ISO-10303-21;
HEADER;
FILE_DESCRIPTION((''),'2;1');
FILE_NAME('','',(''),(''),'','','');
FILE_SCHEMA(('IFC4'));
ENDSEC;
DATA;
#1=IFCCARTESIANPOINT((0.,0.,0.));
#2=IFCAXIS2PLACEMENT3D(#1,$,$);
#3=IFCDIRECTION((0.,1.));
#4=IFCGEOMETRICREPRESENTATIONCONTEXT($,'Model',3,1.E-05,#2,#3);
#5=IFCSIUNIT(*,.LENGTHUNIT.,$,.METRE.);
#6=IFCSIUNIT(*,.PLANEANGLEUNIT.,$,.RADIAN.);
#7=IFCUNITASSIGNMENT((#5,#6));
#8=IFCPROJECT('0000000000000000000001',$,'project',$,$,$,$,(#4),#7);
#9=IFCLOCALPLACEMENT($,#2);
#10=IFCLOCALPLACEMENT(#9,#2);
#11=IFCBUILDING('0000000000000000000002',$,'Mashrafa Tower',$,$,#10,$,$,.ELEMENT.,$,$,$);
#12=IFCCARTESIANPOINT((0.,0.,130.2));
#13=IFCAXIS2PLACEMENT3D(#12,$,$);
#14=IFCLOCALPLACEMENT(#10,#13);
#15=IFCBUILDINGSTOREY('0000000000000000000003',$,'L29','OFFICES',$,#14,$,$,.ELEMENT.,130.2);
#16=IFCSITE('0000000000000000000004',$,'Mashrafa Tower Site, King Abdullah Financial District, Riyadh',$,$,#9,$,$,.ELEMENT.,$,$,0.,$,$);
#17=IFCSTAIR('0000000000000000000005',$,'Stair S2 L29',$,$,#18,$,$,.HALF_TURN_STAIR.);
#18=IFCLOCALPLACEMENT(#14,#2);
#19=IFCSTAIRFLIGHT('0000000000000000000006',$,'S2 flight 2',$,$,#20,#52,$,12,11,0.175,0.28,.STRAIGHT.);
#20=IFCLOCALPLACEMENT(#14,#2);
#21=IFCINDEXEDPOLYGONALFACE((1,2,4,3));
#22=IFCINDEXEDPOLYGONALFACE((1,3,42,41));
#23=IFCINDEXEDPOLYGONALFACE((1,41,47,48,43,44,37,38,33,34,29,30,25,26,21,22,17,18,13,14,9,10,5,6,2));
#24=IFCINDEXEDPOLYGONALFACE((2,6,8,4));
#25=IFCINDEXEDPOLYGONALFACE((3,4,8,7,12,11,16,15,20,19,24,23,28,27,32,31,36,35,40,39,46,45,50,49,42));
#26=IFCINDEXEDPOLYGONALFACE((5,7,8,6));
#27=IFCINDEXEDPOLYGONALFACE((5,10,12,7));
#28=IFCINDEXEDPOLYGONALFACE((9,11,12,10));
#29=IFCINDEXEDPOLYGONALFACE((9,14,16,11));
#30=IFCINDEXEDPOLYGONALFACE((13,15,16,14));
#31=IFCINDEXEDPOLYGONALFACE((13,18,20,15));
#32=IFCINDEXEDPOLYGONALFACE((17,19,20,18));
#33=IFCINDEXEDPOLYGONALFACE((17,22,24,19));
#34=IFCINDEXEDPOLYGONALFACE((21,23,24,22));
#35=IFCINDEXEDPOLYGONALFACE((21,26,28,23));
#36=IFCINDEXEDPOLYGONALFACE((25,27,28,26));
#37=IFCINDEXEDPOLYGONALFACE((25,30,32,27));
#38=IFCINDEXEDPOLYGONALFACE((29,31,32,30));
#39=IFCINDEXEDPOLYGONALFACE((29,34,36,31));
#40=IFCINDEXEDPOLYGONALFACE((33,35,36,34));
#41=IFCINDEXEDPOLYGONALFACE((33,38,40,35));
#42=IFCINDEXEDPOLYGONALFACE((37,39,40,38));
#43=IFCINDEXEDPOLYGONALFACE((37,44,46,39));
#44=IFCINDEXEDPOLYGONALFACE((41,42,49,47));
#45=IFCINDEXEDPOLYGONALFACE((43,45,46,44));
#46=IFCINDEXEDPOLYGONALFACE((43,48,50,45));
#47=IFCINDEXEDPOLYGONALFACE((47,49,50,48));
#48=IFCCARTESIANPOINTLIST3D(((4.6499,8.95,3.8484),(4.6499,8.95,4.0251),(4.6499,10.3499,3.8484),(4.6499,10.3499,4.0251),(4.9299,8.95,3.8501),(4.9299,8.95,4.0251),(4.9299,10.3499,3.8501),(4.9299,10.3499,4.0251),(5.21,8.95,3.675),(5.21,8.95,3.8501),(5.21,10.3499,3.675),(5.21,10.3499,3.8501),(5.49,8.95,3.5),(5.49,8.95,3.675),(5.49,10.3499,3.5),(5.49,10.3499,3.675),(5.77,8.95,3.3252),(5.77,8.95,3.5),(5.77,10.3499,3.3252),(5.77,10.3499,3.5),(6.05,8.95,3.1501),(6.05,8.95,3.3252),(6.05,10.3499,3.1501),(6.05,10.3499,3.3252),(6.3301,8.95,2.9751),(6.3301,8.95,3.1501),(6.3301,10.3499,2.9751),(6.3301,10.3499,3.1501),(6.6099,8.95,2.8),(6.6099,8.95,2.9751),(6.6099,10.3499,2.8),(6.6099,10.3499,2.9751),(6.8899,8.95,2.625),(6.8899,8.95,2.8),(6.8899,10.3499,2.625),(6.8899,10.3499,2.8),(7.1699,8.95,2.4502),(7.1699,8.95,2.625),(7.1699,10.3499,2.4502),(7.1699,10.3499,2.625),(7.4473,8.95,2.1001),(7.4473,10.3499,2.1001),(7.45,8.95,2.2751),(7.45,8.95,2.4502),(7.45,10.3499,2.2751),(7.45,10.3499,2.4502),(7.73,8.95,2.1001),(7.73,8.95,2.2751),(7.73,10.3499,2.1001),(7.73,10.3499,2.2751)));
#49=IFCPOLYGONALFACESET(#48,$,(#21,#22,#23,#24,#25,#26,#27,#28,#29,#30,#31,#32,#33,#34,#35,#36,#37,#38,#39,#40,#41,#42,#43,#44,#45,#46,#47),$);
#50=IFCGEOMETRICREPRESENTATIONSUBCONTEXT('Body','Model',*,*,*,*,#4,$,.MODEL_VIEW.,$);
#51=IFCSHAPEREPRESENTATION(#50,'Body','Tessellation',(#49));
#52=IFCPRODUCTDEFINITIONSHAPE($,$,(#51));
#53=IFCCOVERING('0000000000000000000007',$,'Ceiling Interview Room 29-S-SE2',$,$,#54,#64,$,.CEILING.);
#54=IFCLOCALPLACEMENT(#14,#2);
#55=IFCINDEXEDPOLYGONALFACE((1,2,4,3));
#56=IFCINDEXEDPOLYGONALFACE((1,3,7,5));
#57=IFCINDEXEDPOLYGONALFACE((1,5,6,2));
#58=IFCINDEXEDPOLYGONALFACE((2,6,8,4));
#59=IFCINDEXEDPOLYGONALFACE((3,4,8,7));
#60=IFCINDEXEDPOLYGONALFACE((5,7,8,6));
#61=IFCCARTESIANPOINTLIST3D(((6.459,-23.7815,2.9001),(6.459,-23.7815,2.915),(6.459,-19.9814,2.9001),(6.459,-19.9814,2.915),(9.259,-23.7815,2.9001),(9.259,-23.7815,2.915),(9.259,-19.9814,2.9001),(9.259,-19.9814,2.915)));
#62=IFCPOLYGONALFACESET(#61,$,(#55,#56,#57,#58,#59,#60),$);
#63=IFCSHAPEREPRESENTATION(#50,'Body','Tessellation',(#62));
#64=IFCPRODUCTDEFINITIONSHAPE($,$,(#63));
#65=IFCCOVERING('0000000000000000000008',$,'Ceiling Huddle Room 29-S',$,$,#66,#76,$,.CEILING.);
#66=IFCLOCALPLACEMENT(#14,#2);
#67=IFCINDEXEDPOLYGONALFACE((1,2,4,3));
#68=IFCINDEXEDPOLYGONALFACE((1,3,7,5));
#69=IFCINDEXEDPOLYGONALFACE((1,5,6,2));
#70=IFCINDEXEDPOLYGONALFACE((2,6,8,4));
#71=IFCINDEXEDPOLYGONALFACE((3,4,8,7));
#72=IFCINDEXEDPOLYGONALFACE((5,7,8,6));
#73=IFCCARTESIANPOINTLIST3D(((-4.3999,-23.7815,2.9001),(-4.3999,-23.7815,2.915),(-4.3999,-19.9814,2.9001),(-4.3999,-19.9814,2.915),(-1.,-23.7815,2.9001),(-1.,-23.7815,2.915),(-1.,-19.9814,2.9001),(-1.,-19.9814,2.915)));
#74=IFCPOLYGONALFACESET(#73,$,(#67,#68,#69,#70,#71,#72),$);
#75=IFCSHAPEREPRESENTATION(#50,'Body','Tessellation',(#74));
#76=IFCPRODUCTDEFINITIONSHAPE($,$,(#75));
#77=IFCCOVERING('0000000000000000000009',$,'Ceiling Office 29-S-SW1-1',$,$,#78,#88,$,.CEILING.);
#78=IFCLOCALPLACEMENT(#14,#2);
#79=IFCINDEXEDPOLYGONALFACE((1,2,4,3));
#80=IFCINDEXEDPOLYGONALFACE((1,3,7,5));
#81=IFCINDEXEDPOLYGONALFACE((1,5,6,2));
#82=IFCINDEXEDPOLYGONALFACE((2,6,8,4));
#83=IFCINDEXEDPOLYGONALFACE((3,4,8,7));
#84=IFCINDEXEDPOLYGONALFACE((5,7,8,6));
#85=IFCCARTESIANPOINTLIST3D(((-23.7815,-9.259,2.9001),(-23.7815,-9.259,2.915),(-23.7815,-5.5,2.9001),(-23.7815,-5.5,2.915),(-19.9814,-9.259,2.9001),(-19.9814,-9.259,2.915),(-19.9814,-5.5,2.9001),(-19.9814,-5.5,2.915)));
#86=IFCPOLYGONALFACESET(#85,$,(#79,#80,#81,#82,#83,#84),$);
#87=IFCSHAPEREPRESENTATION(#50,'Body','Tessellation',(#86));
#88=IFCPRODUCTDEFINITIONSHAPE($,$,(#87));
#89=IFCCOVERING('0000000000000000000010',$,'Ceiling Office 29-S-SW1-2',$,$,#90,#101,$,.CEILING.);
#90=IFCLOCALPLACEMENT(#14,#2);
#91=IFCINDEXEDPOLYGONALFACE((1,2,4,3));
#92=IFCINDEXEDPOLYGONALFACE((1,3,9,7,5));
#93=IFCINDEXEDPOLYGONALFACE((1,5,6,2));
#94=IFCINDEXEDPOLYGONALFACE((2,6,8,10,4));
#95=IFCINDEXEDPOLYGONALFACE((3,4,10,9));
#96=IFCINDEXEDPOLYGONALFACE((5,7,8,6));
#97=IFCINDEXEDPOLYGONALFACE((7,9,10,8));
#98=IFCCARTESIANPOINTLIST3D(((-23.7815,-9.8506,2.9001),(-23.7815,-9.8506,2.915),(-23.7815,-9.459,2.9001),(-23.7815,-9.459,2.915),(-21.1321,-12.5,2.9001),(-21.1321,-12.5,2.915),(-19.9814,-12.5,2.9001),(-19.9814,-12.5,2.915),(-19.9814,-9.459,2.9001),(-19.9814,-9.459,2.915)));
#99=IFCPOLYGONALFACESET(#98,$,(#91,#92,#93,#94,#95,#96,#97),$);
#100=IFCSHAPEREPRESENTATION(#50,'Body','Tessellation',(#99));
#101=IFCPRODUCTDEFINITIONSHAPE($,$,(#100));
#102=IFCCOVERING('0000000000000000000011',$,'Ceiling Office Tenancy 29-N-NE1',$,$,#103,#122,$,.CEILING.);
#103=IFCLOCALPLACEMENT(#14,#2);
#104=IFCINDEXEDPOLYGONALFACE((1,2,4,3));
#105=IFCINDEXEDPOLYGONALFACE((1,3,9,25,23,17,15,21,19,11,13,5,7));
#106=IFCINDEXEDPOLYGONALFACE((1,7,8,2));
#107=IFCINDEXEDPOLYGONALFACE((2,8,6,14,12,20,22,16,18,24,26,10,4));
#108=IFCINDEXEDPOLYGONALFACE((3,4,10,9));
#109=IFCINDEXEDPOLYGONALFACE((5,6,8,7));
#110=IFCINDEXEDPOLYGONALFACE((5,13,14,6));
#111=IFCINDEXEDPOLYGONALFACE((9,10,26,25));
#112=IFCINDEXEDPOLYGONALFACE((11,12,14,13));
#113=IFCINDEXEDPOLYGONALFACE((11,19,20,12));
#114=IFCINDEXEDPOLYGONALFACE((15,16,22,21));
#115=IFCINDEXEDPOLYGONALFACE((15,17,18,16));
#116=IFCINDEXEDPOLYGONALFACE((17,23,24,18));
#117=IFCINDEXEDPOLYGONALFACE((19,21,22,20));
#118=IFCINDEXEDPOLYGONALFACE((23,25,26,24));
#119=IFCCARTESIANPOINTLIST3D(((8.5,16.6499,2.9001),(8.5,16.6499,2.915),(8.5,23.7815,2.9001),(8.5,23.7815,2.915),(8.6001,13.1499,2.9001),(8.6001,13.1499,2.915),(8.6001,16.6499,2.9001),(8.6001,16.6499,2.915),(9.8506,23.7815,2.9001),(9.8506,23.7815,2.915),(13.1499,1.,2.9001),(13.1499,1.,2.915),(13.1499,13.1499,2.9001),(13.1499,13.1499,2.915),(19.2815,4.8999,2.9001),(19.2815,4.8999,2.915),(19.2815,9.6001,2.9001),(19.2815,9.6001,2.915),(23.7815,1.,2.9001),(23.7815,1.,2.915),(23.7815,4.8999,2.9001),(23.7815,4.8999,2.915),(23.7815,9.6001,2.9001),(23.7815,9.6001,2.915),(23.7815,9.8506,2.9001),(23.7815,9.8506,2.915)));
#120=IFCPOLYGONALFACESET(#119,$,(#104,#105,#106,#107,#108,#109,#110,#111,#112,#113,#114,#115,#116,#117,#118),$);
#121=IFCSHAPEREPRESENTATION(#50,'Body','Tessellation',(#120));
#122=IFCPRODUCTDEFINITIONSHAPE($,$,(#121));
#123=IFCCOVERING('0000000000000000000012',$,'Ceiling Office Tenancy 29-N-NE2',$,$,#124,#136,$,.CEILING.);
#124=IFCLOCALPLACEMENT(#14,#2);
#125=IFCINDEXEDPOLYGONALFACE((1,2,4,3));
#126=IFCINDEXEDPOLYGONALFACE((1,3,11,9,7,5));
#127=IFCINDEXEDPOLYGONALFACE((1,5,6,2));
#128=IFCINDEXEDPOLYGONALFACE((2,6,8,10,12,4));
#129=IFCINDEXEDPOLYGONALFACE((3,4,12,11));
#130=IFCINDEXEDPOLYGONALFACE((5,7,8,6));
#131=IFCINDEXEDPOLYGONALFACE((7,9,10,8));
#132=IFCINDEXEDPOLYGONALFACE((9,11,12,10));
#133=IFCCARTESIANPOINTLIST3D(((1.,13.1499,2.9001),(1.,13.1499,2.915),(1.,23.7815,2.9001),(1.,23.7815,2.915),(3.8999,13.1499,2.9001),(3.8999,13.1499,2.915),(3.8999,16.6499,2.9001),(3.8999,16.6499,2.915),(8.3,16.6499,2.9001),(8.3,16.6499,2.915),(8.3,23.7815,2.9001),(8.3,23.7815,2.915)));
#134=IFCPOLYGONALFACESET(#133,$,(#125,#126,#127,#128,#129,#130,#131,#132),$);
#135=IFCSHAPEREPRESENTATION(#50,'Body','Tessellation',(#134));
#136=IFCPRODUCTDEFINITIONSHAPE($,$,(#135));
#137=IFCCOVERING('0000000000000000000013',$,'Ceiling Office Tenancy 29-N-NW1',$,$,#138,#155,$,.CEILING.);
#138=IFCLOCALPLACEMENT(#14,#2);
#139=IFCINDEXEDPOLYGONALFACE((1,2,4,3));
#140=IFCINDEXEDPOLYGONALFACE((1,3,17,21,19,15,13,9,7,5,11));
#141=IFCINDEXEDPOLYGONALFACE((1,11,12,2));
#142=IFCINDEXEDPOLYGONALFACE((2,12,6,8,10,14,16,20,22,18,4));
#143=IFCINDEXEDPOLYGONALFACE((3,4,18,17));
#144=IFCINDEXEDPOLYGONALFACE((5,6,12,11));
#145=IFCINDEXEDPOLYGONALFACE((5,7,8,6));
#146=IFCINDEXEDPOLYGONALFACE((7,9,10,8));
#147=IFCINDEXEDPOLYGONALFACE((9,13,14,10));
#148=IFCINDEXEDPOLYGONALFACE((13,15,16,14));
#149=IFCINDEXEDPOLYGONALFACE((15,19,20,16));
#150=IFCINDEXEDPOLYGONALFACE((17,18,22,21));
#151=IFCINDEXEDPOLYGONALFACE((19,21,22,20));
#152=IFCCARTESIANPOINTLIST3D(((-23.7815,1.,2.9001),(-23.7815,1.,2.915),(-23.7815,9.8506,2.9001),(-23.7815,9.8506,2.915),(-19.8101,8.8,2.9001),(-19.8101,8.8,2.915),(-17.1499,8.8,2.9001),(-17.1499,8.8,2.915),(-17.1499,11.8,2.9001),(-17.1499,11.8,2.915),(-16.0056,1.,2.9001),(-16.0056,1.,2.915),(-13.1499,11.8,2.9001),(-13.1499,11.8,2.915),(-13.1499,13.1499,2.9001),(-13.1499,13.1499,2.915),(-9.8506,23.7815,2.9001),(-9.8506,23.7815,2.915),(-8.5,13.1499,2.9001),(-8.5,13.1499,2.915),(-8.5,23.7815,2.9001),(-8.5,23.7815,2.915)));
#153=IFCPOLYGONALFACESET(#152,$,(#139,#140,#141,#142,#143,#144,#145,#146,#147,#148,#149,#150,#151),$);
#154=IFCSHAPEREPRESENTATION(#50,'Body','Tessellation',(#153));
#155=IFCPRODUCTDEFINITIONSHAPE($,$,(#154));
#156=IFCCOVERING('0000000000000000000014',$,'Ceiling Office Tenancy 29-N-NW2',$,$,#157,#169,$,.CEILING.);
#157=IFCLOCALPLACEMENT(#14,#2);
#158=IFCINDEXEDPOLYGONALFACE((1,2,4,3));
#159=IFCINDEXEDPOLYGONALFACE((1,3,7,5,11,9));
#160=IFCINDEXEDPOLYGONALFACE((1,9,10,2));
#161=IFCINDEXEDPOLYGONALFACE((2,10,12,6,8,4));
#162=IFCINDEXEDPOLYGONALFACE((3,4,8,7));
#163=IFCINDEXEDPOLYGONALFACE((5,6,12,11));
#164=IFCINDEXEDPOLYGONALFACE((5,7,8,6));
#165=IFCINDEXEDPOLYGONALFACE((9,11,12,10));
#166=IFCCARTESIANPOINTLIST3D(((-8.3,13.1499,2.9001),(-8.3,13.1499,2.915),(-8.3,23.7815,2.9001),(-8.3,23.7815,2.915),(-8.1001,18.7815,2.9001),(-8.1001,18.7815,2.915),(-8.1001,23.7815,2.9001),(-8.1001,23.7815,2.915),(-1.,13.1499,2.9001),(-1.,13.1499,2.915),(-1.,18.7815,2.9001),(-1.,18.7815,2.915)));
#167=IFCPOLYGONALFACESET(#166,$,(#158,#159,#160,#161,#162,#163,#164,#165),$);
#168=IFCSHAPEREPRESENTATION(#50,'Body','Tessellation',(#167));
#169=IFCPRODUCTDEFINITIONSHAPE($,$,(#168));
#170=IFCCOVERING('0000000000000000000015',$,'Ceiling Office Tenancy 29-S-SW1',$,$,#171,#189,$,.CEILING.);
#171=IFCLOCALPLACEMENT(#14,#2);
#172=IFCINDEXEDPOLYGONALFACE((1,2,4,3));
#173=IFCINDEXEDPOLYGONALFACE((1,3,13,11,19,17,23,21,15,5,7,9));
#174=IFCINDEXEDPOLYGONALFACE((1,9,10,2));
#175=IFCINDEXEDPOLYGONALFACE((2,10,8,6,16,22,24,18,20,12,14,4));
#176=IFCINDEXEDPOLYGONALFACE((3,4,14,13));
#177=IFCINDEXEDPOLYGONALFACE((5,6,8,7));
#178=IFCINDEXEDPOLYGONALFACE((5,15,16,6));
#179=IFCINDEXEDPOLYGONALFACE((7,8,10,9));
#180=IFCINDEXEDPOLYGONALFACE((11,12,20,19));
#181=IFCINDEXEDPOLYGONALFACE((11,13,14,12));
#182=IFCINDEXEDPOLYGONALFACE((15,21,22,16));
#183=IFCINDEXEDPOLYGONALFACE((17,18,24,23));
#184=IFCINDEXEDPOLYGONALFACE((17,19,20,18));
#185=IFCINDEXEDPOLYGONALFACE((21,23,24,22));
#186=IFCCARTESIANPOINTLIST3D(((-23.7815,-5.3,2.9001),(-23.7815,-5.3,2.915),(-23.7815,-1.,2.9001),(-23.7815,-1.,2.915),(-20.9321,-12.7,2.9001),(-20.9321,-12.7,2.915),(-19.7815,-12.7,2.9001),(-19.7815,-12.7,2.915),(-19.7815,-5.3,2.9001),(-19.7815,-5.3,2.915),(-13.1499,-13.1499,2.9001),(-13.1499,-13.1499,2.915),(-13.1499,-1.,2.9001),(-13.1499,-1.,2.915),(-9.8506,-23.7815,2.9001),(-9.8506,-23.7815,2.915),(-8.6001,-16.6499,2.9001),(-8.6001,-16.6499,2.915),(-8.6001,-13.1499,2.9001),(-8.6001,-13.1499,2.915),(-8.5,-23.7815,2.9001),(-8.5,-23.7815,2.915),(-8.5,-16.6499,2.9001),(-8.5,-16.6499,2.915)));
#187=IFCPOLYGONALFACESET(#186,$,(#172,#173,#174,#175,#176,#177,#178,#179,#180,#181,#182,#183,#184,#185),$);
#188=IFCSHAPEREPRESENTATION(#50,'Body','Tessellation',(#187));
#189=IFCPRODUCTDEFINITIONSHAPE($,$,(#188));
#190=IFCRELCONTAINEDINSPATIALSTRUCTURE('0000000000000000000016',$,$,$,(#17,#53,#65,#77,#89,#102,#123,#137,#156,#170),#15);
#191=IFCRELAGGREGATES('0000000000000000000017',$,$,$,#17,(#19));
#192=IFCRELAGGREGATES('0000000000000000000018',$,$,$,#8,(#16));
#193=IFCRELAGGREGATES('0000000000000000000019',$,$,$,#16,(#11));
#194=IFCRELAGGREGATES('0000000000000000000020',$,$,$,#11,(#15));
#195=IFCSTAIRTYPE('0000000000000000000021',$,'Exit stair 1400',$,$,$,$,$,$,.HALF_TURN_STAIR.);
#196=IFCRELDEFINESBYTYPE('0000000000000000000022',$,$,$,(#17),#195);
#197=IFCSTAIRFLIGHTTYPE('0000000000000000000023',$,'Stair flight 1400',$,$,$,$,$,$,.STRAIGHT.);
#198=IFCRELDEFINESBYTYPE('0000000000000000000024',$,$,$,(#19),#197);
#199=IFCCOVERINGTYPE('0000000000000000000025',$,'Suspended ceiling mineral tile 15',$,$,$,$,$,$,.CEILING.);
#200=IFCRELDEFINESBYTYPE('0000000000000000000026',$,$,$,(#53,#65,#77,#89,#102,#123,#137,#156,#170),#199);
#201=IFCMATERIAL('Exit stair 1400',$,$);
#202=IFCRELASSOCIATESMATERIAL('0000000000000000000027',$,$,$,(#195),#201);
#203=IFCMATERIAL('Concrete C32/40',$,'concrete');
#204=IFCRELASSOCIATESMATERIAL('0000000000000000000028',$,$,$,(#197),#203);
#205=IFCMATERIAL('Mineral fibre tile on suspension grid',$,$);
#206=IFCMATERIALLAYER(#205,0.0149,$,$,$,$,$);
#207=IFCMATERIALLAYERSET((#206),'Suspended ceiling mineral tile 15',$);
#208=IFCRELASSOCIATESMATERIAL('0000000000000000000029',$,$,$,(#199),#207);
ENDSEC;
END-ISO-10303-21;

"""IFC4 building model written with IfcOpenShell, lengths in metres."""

from ifc_helpers import new_model, si_unit, direction, frame, origin, place, context, subcontext, project, spatial, polyline, outline, extrude, material, layer, layer_set, type_object, element, aggregate, save


model = new_model("IFC4")

# Units and contexts
model_context = context("Model", 3, precision=1e-05, world=origin(), true_north=direction((0.0, 1.0)))
body_context = subcontext(model_context, "Body", "Model", "MODEL_VIEW")
ifc_project = project(units=[si_unit("LENGTHUNIT", "METRE"), si_unit("PLANEANGLEUNIT", "RADIAN")], contexts=[model_context])

# Site, building, storey
site_placement = place(None, origin())
site = spatial("IfcSite", under=ifc_project, at=site_placement, Name="Mashrafa Tower Site, King Abdullah Financial District, Riyadh", CompositionType="ELEMENT", RefElevation=0.0)
building_placement = place(site_placement, origin())
building = spatial("IfcBuilding", under=site, at=building_placement, Name="Mashrafa Tower", CompositionType="ELEMENT")
storey_placement = place(building_placement, frame((0.0, 0.0, 130.2)))
storey = spatial("IfcBuildingStorey", under=building, at=storey_placement, Name="L29", Description="OFFICES", CompositionType="ELEMENT", Elevation=130.2)

# Stair, stair flight
ifc_material_1 = material(Name="Exit stair 1400")
stair_type = type_object("IfcStairType", Name="Exit stair 1400", PredefinedType="HALF_TURN_STAIR", material=ifc_material_1)
stair_placement = place(storey_placement, origin())
stair = element("IfcStair", 1, at=stair_placement, inside=storey, type_object=stair_type, Name="Stair S2 L29", PredefinedType="HALF_TURN_STAIR")
ifc_material_2 = material(Name="Concrete C32/40", Category="concrete")
stair_flight_type = type_object("IfcStairFlightType", Name="Stair flight 1400", PredefinedType="STRAIGHT", material=ifc_material_2)
stair_flight_1_placement = place(storey_placement, frame((7.73, 9.6499, 2.1001), z_axis=(0.0, 0.0, 1.0), x_axis=(-1.0, 0.0, 0.0)))
stair_flight_1 = element("IfcStairFlight", 2, at=stair_flight_1_placement, type_object=stair_flight_type, Name="S2 flight 2", NumberOfRisers=12, NumberOfTreads=11, PredefinedType="STRAIGHT", RiserHeight=0.175, TreadLength=0.28, context=body_context, shape_type="SweptSolid", body=[
    extrude(outline(polyline([(0.0, 0.0), (0.0, 0.175), (0.28, 0.175), (0.28, 0.3501), (0.5601, 0.3501), (0.5601, 0.5249), (0.8401, 0.5249), (0.8401, 0.7), (1.1201, 0.7), (1.1201, 0.875), (1.3999, 0.875), (1.3999, 1.05), (1.6799, 1.05), (1.6799, 1.2251), (1.96, 1.2251), (1.96, 1.3999), (2.24, 1.3999), (2.24, 1.575), (2.52, 1.575), (2.52, 1.75), (2.8, 1.75), (2.8, 1.925), (3.0801, 1.925), (3.0801, 2.1001), (3.0801, 1.7483), (0.2827, 0.0), (0.0, 0.0)])), frame((0.0, 0.7, 0.0), z_axis=(0.0, -1.0, 0.0), x_axis=(1.0, 0.0, 0.0)), (0.0, 0.0, 1.0), 1.3999),
])
aggregate(stair, [stair_flight_1])

# Coverings
ifc_material_3 = material(Name="Mineral fibre tile on suspension grid")
ifc_layer_1 = layer(ifc_material_3, 0.0149)
ifc_layer_set_1 = layer_set([ifc_layer_1], Name="Suspended ceiling mineral tile 15")
covering_type = type_object("IfcCoveringType", Name="Suspended ceiling mineral tile 15", PredefinedType="CEILING", material=ifc_layer_set_1)
covering_1_placement = place(storey_placement, frame((0.0, 0.0, 2.9001)))
element("IfcCovering", 3, at=covering_1_placement, inside=storey, type_object=covering_type, Name="Ceiling Interview Room 29-S-SE2", PredefinedType="CEILING", context=body_context, shape_type="SweptSolid", body=[
    extrude(outline(polyline([(6.459, -19.9814), (9.259, -19.9814), (9.259, -23.7815), (6.459, -23.7815), (6.459, -19.9814)])), origin(), (0.0, 0.0, 1.0), 0.0149),
])
covering_2_placement = place(storey_placement, frame((0.0, 0.0, 2.9001)))
element("IfcCovering", 4, at=covering_2_placement, inside=storey, type_object=covering_type, Name="Ceiling Huddle Room 29-S", PredefinedType="CEILING", context=body_context, shape_type="SweptSolid", body=[
    extrude(outline(polyline([(-4.3999, -19.9814), (-1.0, -19.9814), (-1.0, -23.7815), (-4.3999, -23.7815), (-4.3999, -19.9814)])), origin(), (0.0, 0.0, 1.0), 0.0149),
])
covering_3_placement = place(storey_placement, frame((0.0, 0.0, 2.9001)))
element("IfcCovering", 5, at=covering_3_placement, inside=storey, type_object=covering_type, Name="Ceiling Office 29-S-SW1-1", PredefinedType="CEILING", context=body_context, shape_type="SweptSolid", body=[
    extrude(outline(polyline([(-19.9814, -5.5), (-19.9814, -9.259), (-23.7815, -9.259), (-23.7815, -5.5), (-19.9814, -5.5)])), origin(), (0.0, 0.0, 1.0), 0.0149),
])
covering_4_placement = place(storey_placement, frame((0.0, 0.0, 2.9001)))
element("IfcCovering", 6, at=covering_4_placement, inside=storey, type_object=covering_type, Name="Ceiling Office 29-S-SW1-2", PredefinedType="CEILING", context=body_context, shape_type="SweptSolid", body=[
    extrude(outline(polyline([(-19.9814, -9.459), (-19.9814, -12.5), (-21.1321, -12.5), (-23.7815, -9.8506), (-23.7815, -9.459), (-19.9814, -9.459)])), origin(), (0.0, 0.0, 1.0), 0.0149),
])
covering_5_placement = place(storey_placement, frame((0.0, 0.0, 2.9001)))
element("IfcCovering", 7, at=covering_5_placement, inside=storey, type_object=covering_type, Name="Ceiling Office Tenancy 29-N-NE1", PredefinedType="CEILING", context=body_context, shape_type="SweptSolid", body=[
    extrude(outline(polyline([(8.5, 16.6499), (8.5, 23.7815), (9.8506, 23.7815), (23.7815, 9.8506), (23.7815, 9.6001), (19.2815, 9.6001), (19.2815, 4.8999), (23.7815, 4.8999), (23.7815, 1.0), (13.1499, 1.0), (13.1499, 13.1499), (8.6001, 13.1499), (8.6001, 16.6499), (8.5, 16.6499)])), origin(), (0.0, 0.0, 1.0), 0.0149),
])
covering_6_placement = place(storey_placement, frame((0.0, 0.0, 2.9001)))
element("IfcCovering", 8, at=covering_6_placement, inside=storey, type_object=covering_type, Name="Ceiling Office Tenancy 29-N-NE2", PredefinedType="CEILING", context=body_context, shape_type="SweptSolid", body=[
    extrude(outline(polyline([(1.0, 23.7815), (8.3, 23.7815), (8.3, 16.6499), (3.8999, 16.6499), (3.8999, 13.1499), (1.0, 13.1499), (1.0, 23.7815)])), origin(), (0.0, 0.0, 1.0), 0.0149),
])
covering_7_placement = place(storey_placement, frame((0.0, 0.0, 2.9001)))
element("IfcCovering", 9, at=covering_7_placement, inside=storey, type_object=covering_type, Name="Ceiling Office Tenancy 29-N-NW1", PredefinedType="CEILING", context=body_context, shape_type="SweptSolid", body=[
    extrude(outline(polyline([(-23.7815, 1.0), (-23.7815, 9.8506), (-9.8506, 23.7815), (-8.5, 23.7815), (-8.5, 13.1499), (-13.1499, 13.1499), (-13.1499, 11.8), (-17.1499, 11.8), (-17.1499, 8.8), (-19.8101, 8.8), (-16.0056, 1.0), (-23.7815, 1.0)])), origin(), (0.0, 0.0, 1.0), 0.0149),
])
covering_8_placement = place(storey_placement, frame((0.0, 0.0, 2.9001)))
element("IfcCovering", 10, at=covering_8_placement, inside=storey, type_object=covering_type, Name="Ceiling Office Tenancy 29-N-NW2", PredefinedType="CEILING", context=body_context, shape_type="SweptSolid", body=[
    extrude(outline(polyline([(-8.3, 13.1499), (-8.3, 23.7815), (-8.1001, 23.7815), (-8.1001, 18.7815), (-1.0, 18.7815), (-1.0, 13.1499), (-8.3, 13.1499)])), origin(), (0.0, 0.0, 1.0), 0.0149),
])
covering_9_placement = place(storey_placement, frame((0.0, 0.0, 2.9001)))
element("IfcCovering", 11, at=covering_9_placement, inside=storey, type_object=covering_type, Name="Ceiling Office Tenancy 29-S-SW1", PredefinedType="CEILING", context=body_context, shape_type="SweptSolid", body=[
    extrude(outline(polyline([(-9.8506, -23.7815), (-20.9321, -12.7), (-19.7815, -12.7), (-19.7815, -5.3), (-23.7815, -5.3), (-23.7815, -1.0), (-13.1499, -1.0), (-13.1499, -13.1499), (-8.6001, -13.1499), (-8.6001, -16.6499), (-8.5, -16.6499), (-8.5, -23.7815), (-9.8506, -23.7815)])), origin(), (0.0, 0.0, 1.0), 0.0149),
])

save(model, "model.ifc")
